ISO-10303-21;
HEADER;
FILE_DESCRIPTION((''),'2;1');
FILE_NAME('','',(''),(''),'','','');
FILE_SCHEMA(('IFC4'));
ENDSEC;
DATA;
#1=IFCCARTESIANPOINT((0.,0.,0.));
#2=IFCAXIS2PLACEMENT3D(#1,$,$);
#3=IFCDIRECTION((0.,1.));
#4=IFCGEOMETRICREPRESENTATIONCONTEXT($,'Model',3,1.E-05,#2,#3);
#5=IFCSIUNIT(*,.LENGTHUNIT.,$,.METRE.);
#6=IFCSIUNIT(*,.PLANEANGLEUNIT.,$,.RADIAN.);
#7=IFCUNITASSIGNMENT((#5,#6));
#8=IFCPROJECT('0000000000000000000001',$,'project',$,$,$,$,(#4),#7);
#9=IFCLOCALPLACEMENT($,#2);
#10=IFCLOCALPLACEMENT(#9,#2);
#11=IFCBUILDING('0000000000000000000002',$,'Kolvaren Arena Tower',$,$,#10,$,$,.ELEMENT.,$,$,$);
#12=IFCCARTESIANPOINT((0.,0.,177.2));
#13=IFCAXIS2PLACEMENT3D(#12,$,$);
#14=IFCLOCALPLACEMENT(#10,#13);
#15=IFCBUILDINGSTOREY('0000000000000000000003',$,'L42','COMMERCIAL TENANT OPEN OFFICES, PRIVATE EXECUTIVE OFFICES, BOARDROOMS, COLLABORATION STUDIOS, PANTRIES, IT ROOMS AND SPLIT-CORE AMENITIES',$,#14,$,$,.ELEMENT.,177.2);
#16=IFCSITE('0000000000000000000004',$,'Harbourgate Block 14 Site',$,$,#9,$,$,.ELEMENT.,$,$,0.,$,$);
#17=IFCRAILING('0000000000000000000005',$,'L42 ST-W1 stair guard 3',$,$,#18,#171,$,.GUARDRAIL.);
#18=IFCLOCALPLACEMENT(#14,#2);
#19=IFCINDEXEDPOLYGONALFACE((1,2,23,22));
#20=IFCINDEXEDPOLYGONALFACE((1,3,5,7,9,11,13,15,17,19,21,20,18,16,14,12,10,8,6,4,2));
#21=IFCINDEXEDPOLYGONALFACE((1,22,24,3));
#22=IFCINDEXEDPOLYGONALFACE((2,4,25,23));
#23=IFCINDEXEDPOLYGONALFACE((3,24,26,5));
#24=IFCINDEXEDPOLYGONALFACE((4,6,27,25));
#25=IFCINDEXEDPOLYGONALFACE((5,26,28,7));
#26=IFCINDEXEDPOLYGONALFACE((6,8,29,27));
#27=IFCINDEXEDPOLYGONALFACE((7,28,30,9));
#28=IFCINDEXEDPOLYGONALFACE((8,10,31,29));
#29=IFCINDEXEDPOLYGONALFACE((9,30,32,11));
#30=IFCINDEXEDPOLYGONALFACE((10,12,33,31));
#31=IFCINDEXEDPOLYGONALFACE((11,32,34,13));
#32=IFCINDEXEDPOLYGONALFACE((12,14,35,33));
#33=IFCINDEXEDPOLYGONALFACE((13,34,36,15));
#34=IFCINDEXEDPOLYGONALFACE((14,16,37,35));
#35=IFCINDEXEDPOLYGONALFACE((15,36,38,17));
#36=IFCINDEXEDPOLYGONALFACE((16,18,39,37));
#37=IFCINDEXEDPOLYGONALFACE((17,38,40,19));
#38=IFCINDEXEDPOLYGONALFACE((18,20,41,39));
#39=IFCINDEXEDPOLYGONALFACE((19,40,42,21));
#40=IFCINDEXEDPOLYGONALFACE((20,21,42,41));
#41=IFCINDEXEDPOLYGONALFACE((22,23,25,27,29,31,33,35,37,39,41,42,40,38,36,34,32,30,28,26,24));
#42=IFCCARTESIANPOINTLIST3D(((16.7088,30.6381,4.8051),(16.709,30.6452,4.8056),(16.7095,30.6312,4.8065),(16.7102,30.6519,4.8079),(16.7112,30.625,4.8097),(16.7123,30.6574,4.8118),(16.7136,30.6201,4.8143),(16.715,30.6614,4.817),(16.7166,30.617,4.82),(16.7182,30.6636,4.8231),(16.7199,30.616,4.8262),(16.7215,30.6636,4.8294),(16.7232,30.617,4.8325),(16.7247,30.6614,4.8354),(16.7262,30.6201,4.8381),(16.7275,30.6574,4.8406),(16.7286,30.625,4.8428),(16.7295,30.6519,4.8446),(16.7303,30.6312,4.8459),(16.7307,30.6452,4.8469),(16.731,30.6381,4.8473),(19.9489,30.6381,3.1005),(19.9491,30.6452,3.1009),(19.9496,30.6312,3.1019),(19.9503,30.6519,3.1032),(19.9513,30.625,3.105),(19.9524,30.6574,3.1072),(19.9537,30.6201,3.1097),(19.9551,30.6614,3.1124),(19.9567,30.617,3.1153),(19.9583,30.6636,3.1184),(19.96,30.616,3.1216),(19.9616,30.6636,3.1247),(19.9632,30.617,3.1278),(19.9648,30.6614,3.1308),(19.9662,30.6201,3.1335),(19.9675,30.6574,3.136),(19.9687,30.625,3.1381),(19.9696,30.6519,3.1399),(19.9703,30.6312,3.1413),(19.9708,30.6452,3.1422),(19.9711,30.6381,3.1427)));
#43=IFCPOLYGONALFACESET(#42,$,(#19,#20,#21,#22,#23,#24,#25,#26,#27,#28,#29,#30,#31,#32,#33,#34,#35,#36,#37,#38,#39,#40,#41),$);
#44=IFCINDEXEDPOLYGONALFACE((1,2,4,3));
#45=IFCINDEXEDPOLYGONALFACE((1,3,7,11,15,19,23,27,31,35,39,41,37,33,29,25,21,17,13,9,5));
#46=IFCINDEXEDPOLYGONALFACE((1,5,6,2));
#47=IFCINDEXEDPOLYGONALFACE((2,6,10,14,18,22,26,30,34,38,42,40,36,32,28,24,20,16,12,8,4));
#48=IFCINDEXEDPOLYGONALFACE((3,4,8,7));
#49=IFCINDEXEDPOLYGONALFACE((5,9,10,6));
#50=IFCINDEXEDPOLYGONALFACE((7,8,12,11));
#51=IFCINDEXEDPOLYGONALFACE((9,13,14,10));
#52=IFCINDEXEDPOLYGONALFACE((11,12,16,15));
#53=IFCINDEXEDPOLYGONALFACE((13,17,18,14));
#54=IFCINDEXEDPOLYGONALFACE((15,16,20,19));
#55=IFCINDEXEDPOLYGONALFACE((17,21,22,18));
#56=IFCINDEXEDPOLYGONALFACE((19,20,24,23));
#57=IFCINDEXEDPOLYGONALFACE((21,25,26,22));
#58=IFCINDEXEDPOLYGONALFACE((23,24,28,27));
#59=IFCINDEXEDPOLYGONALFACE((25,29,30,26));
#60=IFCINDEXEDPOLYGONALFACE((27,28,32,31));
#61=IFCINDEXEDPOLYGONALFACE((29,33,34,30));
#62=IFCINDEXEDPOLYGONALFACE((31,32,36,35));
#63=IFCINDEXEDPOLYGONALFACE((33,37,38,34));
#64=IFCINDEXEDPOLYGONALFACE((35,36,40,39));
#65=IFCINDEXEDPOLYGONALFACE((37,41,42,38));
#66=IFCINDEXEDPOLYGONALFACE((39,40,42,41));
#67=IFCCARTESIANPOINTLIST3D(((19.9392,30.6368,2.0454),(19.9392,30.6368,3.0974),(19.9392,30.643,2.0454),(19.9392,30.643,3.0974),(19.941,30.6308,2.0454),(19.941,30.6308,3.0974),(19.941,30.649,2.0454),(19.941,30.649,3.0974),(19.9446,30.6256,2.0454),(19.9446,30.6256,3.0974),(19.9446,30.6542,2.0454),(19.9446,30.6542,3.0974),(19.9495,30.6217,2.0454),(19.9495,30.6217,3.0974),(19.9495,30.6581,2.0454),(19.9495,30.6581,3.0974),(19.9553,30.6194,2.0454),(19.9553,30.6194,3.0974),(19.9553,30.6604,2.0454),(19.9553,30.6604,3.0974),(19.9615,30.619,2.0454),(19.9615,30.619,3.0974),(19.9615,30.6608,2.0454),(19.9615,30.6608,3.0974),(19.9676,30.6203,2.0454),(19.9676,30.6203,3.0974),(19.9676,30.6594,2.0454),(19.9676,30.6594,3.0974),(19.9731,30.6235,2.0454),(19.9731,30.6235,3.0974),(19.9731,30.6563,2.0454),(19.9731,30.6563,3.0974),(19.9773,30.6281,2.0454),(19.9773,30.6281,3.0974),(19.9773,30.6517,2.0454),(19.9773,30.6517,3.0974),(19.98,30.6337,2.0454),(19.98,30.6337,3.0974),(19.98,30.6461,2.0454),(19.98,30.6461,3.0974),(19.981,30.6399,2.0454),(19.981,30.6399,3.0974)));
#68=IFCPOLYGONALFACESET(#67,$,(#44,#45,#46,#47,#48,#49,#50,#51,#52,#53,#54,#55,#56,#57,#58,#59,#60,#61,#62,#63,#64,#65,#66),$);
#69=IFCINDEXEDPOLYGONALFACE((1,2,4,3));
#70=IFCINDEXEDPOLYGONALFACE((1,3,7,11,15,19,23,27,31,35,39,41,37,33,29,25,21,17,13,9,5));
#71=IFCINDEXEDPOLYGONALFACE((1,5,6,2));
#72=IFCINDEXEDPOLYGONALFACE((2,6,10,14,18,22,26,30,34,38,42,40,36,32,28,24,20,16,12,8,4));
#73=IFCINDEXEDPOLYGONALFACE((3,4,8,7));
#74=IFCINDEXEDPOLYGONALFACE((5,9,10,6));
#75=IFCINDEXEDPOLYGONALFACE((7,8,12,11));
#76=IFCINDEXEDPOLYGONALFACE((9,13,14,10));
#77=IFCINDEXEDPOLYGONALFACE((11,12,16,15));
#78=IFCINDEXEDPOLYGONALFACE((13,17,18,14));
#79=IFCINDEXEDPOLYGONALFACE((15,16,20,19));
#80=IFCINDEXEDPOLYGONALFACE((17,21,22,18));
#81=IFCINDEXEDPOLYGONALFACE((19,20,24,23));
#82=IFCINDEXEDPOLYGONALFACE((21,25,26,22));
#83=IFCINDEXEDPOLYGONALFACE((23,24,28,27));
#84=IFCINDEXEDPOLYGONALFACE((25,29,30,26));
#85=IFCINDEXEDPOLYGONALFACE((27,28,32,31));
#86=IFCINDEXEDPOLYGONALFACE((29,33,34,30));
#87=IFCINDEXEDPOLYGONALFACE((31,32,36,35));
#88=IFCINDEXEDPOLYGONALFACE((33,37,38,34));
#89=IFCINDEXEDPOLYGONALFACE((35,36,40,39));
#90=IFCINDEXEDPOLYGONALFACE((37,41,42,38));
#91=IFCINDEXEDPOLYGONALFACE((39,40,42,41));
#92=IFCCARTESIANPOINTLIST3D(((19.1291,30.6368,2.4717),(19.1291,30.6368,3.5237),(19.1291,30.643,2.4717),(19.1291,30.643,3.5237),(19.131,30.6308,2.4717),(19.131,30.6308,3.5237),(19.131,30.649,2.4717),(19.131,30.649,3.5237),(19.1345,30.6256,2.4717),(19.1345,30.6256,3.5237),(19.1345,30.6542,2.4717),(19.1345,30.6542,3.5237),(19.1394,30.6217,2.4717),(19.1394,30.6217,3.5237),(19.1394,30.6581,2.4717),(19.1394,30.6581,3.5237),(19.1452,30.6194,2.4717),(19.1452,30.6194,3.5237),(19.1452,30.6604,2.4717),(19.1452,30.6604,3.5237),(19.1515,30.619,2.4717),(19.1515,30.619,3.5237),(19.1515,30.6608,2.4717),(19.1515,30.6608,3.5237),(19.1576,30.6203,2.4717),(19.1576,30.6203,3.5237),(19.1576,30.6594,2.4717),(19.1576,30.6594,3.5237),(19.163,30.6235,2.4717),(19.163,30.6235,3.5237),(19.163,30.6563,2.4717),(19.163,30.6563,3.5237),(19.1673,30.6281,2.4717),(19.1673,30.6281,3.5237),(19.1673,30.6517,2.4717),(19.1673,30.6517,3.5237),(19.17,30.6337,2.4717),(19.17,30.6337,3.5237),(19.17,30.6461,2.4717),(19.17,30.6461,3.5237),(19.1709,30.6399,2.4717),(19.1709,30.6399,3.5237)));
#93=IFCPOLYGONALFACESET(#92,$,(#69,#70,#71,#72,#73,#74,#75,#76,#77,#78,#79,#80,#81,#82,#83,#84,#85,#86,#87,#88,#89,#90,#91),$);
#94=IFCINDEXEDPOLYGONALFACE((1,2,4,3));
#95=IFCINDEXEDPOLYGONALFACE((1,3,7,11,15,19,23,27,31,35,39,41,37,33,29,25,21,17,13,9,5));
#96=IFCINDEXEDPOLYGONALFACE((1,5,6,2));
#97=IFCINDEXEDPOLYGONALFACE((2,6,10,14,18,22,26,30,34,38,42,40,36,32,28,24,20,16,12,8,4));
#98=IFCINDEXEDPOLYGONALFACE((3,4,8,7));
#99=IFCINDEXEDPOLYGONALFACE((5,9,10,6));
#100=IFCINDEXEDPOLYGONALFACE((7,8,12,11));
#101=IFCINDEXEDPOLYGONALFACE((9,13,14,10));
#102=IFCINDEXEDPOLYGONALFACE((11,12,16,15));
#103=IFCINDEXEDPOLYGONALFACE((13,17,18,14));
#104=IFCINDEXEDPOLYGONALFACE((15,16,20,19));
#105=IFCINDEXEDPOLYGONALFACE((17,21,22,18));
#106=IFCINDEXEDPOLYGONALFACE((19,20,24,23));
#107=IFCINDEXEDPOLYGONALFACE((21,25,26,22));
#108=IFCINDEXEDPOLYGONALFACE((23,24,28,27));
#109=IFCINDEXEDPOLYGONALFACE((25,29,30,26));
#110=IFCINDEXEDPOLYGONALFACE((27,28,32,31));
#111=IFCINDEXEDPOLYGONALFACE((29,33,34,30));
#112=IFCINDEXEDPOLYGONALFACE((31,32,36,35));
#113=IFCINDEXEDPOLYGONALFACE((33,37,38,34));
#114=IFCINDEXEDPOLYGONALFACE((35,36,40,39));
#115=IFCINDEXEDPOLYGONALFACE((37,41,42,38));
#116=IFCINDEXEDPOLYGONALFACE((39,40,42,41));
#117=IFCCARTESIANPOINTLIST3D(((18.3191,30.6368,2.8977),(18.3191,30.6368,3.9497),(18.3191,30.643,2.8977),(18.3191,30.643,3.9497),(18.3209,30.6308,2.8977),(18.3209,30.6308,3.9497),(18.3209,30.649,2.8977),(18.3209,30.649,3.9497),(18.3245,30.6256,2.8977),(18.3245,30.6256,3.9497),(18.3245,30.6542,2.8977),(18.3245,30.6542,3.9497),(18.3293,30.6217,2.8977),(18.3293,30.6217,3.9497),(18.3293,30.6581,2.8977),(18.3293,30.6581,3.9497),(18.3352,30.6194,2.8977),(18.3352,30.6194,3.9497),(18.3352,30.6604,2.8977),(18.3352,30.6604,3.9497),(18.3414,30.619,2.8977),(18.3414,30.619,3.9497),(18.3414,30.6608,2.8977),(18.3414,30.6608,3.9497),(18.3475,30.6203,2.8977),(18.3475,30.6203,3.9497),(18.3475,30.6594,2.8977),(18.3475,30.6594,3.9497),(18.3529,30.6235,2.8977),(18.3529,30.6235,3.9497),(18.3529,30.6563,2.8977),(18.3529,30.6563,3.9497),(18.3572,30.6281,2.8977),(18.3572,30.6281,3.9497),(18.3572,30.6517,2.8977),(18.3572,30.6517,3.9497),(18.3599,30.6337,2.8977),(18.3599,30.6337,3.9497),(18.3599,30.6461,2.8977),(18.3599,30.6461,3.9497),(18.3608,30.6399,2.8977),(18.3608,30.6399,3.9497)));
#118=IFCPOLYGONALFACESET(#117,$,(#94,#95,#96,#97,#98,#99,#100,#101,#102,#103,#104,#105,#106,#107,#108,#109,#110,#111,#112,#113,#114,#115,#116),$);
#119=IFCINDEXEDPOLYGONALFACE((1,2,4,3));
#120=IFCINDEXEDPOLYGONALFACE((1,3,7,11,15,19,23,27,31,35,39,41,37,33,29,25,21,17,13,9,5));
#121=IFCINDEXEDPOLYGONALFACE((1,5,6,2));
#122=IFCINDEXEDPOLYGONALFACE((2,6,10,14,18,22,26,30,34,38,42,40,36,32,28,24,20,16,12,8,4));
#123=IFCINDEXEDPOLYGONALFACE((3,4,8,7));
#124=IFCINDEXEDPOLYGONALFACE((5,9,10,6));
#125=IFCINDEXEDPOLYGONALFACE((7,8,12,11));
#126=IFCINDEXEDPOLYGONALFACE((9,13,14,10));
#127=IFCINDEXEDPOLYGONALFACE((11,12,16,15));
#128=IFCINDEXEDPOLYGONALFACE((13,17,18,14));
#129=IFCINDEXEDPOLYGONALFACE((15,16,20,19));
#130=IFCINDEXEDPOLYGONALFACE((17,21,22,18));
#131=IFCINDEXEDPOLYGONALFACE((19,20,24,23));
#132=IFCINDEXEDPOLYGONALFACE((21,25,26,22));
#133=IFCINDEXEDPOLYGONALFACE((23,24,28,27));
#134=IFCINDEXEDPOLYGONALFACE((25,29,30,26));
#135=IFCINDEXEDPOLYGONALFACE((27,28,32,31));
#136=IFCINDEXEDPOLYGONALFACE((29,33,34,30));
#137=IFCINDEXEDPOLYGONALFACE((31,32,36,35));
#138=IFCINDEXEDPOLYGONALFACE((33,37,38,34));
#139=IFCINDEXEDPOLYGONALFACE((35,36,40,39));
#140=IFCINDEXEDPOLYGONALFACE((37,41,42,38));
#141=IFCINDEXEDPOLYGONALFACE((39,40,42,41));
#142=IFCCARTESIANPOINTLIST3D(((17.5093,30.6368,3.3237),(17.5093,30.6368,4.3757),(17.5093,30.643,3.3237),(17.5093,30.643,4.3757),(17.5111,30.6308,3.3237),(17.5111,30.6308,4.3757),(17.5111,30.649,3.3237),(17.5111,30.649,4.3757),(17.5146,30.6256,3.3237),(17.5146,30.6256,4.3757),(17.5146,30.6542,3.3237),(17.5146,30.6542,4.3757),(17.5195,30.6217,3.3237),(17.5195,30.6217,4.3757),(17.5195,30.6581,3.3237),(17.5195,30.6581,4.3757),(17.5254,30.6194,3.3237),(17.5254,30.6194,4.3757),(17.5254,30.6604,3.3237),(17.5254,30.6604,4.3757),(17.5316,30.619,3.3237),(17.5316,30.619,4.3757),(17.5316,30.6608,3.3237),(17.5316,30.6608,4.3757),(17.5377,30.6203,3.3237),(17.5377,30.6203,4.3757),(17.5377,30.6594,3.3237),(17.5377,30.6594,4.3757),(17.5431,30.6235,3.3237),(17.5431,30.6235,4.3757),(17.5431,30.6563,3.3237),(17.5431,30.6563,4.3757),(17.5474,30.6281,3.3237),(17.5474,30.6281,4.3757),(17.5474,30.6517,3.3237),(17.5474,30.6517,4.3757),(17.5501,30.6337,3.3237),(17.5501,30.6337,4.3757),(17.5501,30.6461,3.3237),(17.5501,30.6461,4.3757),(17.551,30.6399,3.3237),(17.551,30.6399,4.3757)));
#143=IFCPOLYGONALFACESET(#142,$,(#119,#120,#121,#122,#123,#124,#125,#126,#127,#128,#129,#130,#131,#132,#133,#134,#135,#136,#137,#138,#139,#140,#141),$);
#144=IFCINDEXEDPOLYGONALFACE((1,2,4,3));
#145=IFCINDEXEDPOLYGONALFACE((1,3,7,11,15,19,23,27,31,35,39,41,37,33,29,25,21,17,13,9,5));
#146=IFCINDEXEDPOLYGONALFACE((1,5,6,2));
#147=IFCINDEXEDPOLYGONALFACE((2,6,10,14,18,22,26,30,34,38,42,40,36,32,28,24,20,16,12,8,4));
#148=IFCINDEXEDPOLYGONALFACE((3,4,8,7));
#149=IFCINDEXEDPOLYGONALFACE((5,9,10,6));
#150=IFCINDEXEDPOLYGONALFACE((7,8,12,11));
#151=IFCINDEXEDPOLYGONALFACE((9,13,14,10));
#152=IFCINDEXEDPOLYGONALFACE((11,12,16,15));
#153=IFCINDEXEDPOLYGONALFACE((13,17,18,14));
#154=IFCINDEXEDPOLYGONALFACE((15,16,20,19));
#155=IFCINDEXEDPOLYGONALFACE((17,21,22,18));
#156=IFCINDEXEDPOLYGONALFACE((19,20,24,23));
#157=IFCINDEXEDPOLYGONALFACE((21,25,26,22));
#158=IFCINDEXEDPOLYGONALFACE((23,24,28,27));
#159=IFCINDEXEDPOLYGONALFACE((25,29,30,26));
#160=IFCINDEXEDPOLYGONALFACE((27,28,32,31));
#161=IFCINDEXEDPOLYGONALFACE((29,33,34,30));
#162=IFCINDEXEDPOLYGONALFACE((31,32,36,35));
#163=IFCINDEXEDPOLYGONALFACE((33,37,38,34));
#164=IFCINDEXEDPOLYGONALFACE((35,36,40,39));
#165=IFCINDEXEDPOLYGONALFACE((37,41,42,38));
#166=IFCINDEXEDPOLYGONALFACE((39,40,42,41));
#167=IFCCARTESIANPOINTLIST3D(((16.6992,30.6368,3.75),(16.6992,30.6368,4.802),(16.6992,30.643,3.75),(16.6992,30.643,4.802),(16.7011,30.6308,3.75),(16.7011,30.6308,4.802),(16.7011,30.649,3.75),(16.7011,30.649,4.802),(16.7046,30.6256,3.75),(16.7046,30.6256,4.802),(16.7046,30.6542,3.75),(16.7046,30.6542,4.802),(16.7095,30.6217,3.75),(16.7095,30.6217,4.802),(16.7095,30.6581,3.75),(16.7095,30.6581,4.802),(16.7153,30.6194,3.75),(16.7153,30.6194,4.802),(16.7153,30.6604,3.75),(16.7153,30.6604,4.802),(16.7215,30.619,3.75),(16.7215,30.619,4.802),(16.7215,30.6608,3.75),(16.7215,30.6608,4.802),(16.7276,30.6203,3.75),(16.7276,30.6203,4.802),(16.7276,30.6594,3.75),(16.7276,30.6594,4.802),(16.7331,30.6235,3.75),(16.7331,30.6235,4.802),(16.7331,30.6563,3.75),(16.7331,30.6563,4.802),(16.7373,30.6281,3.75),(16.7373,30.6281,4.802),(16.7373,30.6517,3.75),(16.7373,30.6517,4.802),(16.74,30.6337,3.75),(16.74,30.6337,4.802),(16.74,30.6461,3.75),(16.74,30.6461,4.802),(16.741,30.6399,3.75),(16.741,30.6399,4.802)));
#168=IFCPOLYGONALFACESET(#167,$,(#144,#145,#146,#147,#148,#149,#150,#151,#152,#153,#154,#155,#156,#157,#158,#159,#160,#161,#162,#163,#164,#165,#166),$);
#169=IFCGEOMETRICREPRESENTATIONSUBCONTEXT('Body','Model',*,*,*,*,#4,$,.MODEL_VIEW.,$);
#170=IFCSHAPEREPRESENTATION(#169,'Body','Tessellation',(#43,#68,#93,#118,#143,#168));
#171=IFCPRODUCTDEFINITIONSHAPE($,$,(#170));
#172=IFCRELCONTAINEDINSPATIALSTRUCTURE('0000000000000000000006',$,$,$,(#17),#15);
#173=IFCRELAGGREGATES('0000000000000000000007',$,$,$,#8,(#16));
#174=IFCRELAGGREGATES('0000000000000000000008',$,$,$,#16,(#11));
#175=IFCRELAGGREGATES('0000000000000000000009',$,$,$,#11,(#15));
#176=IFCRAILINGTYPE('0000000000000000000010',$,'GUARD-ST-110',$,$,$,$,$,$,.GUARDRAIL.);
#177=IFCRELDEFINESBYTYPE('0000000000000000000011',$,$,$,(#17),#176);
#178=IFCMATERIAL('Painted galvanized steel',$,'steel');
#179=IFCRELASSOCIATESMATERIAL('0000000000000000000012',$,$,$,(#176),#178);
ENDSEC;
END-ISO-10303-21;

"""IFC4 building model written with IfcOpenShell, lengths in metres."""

from ifc_helpers import new_model, si_unit, direction, frame, origin, origin_2d, place, context, subcontext, project, spatial, circle, extrude, material, type_object, element, save


model = new_model("IFC4")

# Units and contexts
model_context = context("Model", 3, precision=1e-05, world=origin(), true_north=direction((0.0, 1.0)))
body_context = subcontext(model_context, "Body", "Model", "MODEL_VIEW")
ifc_project = project(units=[si_unit("LENGTHUNIT", "METRE"), si_unit("PLANEANGLEUNIT", "RADIAN")], contexts=[model_context])

# Site, building, storey
site_placement = place(None, origin())
site = spatial("IfcSite", under=ifc_project, at=site_placement, Name="Harbourgate Block 14 Site", CompositionType="ELEMENT", RefElevation=0.0)
building_placement = place(site_placement, origin())
building = spatial("IfcBuilding", under=site, at=building_placement, Name="Kolvaren Arena Tower", CompositionType="ELEMENT")
storey_placement = place(building_placement, frame((0.0, 0.0, 177.2)))
storey = spatial("IfcBuildingStorey", under=building, at=storey_placement, Name="L42", Description="COMMERCIAL TENANT OPEN OFFICES, PRIVATE EXECUTIVE OFFICES, BOARDROOMS, COLLABORATION STUDIOS, PANTRIES, IT ROOMS AND SPLIT-CORE AMENITIES", CompositionType="ELEMENT", Elevation=177.2)

# Railing
ifc_material_1 = material(Name="Painted galvanized steel", Category="steel")
railing_type_1 = type_object("IfcRailingType", Name="GUARD-ST-110", PredefinedType="GUARDRAIL", material=ifc_material_1)
railing_1_placement = place(storey_placement, frame((19.96, 30.6399, 2.0454)))
element("IfcRailing", 1, at=railing_1_placement, inside=storey, type_object=railing_type_1, Name="L42 ST-W1 stair guard 3", PredefinedType="GUARDRAIL", context=body_context, shape_type="SweptSolid", body=[
    extrude(circle(Radius=0.0239, at=origin_2d()), frame((0.0, 0.0, 1.0762), z_axis=(-0.884993, 0.0, 0.465604), x_axis=(0.0, -1.0, 0.0)), (0.0, 0.0, 1.0), 3.6611),
    extrude(circle(Radius=0.021, at=origin_2d()), origin(), (0.0, 0.0, 1.0), 1.052),
    extrude(circle(Radius=0.021, at=origin_2d()), frame((-0.8101, 0.0, 0.4263)), (0.0, 0.0, 1.0), 1.052),
    extrude(circle(Radius=0.021, at=origin_2d()), frame((-1.6201, 0.0, 0.8523)), (0.0, 0.0, 1.0), 1.052),
    extrude(circle(Radius=0.021, at=origin_2d()), frame((-2.4299, 0.0, 1.2783)), (0.0, 0.0, 1.0), 1.052),
    extrude(circle(Radius=0.021, at=origin_2d()), frame((-3.24, 0.0, 1.7046)), (0.0, 0.0, 1.0), 1.052),
])

save(model, "model.ifc")
